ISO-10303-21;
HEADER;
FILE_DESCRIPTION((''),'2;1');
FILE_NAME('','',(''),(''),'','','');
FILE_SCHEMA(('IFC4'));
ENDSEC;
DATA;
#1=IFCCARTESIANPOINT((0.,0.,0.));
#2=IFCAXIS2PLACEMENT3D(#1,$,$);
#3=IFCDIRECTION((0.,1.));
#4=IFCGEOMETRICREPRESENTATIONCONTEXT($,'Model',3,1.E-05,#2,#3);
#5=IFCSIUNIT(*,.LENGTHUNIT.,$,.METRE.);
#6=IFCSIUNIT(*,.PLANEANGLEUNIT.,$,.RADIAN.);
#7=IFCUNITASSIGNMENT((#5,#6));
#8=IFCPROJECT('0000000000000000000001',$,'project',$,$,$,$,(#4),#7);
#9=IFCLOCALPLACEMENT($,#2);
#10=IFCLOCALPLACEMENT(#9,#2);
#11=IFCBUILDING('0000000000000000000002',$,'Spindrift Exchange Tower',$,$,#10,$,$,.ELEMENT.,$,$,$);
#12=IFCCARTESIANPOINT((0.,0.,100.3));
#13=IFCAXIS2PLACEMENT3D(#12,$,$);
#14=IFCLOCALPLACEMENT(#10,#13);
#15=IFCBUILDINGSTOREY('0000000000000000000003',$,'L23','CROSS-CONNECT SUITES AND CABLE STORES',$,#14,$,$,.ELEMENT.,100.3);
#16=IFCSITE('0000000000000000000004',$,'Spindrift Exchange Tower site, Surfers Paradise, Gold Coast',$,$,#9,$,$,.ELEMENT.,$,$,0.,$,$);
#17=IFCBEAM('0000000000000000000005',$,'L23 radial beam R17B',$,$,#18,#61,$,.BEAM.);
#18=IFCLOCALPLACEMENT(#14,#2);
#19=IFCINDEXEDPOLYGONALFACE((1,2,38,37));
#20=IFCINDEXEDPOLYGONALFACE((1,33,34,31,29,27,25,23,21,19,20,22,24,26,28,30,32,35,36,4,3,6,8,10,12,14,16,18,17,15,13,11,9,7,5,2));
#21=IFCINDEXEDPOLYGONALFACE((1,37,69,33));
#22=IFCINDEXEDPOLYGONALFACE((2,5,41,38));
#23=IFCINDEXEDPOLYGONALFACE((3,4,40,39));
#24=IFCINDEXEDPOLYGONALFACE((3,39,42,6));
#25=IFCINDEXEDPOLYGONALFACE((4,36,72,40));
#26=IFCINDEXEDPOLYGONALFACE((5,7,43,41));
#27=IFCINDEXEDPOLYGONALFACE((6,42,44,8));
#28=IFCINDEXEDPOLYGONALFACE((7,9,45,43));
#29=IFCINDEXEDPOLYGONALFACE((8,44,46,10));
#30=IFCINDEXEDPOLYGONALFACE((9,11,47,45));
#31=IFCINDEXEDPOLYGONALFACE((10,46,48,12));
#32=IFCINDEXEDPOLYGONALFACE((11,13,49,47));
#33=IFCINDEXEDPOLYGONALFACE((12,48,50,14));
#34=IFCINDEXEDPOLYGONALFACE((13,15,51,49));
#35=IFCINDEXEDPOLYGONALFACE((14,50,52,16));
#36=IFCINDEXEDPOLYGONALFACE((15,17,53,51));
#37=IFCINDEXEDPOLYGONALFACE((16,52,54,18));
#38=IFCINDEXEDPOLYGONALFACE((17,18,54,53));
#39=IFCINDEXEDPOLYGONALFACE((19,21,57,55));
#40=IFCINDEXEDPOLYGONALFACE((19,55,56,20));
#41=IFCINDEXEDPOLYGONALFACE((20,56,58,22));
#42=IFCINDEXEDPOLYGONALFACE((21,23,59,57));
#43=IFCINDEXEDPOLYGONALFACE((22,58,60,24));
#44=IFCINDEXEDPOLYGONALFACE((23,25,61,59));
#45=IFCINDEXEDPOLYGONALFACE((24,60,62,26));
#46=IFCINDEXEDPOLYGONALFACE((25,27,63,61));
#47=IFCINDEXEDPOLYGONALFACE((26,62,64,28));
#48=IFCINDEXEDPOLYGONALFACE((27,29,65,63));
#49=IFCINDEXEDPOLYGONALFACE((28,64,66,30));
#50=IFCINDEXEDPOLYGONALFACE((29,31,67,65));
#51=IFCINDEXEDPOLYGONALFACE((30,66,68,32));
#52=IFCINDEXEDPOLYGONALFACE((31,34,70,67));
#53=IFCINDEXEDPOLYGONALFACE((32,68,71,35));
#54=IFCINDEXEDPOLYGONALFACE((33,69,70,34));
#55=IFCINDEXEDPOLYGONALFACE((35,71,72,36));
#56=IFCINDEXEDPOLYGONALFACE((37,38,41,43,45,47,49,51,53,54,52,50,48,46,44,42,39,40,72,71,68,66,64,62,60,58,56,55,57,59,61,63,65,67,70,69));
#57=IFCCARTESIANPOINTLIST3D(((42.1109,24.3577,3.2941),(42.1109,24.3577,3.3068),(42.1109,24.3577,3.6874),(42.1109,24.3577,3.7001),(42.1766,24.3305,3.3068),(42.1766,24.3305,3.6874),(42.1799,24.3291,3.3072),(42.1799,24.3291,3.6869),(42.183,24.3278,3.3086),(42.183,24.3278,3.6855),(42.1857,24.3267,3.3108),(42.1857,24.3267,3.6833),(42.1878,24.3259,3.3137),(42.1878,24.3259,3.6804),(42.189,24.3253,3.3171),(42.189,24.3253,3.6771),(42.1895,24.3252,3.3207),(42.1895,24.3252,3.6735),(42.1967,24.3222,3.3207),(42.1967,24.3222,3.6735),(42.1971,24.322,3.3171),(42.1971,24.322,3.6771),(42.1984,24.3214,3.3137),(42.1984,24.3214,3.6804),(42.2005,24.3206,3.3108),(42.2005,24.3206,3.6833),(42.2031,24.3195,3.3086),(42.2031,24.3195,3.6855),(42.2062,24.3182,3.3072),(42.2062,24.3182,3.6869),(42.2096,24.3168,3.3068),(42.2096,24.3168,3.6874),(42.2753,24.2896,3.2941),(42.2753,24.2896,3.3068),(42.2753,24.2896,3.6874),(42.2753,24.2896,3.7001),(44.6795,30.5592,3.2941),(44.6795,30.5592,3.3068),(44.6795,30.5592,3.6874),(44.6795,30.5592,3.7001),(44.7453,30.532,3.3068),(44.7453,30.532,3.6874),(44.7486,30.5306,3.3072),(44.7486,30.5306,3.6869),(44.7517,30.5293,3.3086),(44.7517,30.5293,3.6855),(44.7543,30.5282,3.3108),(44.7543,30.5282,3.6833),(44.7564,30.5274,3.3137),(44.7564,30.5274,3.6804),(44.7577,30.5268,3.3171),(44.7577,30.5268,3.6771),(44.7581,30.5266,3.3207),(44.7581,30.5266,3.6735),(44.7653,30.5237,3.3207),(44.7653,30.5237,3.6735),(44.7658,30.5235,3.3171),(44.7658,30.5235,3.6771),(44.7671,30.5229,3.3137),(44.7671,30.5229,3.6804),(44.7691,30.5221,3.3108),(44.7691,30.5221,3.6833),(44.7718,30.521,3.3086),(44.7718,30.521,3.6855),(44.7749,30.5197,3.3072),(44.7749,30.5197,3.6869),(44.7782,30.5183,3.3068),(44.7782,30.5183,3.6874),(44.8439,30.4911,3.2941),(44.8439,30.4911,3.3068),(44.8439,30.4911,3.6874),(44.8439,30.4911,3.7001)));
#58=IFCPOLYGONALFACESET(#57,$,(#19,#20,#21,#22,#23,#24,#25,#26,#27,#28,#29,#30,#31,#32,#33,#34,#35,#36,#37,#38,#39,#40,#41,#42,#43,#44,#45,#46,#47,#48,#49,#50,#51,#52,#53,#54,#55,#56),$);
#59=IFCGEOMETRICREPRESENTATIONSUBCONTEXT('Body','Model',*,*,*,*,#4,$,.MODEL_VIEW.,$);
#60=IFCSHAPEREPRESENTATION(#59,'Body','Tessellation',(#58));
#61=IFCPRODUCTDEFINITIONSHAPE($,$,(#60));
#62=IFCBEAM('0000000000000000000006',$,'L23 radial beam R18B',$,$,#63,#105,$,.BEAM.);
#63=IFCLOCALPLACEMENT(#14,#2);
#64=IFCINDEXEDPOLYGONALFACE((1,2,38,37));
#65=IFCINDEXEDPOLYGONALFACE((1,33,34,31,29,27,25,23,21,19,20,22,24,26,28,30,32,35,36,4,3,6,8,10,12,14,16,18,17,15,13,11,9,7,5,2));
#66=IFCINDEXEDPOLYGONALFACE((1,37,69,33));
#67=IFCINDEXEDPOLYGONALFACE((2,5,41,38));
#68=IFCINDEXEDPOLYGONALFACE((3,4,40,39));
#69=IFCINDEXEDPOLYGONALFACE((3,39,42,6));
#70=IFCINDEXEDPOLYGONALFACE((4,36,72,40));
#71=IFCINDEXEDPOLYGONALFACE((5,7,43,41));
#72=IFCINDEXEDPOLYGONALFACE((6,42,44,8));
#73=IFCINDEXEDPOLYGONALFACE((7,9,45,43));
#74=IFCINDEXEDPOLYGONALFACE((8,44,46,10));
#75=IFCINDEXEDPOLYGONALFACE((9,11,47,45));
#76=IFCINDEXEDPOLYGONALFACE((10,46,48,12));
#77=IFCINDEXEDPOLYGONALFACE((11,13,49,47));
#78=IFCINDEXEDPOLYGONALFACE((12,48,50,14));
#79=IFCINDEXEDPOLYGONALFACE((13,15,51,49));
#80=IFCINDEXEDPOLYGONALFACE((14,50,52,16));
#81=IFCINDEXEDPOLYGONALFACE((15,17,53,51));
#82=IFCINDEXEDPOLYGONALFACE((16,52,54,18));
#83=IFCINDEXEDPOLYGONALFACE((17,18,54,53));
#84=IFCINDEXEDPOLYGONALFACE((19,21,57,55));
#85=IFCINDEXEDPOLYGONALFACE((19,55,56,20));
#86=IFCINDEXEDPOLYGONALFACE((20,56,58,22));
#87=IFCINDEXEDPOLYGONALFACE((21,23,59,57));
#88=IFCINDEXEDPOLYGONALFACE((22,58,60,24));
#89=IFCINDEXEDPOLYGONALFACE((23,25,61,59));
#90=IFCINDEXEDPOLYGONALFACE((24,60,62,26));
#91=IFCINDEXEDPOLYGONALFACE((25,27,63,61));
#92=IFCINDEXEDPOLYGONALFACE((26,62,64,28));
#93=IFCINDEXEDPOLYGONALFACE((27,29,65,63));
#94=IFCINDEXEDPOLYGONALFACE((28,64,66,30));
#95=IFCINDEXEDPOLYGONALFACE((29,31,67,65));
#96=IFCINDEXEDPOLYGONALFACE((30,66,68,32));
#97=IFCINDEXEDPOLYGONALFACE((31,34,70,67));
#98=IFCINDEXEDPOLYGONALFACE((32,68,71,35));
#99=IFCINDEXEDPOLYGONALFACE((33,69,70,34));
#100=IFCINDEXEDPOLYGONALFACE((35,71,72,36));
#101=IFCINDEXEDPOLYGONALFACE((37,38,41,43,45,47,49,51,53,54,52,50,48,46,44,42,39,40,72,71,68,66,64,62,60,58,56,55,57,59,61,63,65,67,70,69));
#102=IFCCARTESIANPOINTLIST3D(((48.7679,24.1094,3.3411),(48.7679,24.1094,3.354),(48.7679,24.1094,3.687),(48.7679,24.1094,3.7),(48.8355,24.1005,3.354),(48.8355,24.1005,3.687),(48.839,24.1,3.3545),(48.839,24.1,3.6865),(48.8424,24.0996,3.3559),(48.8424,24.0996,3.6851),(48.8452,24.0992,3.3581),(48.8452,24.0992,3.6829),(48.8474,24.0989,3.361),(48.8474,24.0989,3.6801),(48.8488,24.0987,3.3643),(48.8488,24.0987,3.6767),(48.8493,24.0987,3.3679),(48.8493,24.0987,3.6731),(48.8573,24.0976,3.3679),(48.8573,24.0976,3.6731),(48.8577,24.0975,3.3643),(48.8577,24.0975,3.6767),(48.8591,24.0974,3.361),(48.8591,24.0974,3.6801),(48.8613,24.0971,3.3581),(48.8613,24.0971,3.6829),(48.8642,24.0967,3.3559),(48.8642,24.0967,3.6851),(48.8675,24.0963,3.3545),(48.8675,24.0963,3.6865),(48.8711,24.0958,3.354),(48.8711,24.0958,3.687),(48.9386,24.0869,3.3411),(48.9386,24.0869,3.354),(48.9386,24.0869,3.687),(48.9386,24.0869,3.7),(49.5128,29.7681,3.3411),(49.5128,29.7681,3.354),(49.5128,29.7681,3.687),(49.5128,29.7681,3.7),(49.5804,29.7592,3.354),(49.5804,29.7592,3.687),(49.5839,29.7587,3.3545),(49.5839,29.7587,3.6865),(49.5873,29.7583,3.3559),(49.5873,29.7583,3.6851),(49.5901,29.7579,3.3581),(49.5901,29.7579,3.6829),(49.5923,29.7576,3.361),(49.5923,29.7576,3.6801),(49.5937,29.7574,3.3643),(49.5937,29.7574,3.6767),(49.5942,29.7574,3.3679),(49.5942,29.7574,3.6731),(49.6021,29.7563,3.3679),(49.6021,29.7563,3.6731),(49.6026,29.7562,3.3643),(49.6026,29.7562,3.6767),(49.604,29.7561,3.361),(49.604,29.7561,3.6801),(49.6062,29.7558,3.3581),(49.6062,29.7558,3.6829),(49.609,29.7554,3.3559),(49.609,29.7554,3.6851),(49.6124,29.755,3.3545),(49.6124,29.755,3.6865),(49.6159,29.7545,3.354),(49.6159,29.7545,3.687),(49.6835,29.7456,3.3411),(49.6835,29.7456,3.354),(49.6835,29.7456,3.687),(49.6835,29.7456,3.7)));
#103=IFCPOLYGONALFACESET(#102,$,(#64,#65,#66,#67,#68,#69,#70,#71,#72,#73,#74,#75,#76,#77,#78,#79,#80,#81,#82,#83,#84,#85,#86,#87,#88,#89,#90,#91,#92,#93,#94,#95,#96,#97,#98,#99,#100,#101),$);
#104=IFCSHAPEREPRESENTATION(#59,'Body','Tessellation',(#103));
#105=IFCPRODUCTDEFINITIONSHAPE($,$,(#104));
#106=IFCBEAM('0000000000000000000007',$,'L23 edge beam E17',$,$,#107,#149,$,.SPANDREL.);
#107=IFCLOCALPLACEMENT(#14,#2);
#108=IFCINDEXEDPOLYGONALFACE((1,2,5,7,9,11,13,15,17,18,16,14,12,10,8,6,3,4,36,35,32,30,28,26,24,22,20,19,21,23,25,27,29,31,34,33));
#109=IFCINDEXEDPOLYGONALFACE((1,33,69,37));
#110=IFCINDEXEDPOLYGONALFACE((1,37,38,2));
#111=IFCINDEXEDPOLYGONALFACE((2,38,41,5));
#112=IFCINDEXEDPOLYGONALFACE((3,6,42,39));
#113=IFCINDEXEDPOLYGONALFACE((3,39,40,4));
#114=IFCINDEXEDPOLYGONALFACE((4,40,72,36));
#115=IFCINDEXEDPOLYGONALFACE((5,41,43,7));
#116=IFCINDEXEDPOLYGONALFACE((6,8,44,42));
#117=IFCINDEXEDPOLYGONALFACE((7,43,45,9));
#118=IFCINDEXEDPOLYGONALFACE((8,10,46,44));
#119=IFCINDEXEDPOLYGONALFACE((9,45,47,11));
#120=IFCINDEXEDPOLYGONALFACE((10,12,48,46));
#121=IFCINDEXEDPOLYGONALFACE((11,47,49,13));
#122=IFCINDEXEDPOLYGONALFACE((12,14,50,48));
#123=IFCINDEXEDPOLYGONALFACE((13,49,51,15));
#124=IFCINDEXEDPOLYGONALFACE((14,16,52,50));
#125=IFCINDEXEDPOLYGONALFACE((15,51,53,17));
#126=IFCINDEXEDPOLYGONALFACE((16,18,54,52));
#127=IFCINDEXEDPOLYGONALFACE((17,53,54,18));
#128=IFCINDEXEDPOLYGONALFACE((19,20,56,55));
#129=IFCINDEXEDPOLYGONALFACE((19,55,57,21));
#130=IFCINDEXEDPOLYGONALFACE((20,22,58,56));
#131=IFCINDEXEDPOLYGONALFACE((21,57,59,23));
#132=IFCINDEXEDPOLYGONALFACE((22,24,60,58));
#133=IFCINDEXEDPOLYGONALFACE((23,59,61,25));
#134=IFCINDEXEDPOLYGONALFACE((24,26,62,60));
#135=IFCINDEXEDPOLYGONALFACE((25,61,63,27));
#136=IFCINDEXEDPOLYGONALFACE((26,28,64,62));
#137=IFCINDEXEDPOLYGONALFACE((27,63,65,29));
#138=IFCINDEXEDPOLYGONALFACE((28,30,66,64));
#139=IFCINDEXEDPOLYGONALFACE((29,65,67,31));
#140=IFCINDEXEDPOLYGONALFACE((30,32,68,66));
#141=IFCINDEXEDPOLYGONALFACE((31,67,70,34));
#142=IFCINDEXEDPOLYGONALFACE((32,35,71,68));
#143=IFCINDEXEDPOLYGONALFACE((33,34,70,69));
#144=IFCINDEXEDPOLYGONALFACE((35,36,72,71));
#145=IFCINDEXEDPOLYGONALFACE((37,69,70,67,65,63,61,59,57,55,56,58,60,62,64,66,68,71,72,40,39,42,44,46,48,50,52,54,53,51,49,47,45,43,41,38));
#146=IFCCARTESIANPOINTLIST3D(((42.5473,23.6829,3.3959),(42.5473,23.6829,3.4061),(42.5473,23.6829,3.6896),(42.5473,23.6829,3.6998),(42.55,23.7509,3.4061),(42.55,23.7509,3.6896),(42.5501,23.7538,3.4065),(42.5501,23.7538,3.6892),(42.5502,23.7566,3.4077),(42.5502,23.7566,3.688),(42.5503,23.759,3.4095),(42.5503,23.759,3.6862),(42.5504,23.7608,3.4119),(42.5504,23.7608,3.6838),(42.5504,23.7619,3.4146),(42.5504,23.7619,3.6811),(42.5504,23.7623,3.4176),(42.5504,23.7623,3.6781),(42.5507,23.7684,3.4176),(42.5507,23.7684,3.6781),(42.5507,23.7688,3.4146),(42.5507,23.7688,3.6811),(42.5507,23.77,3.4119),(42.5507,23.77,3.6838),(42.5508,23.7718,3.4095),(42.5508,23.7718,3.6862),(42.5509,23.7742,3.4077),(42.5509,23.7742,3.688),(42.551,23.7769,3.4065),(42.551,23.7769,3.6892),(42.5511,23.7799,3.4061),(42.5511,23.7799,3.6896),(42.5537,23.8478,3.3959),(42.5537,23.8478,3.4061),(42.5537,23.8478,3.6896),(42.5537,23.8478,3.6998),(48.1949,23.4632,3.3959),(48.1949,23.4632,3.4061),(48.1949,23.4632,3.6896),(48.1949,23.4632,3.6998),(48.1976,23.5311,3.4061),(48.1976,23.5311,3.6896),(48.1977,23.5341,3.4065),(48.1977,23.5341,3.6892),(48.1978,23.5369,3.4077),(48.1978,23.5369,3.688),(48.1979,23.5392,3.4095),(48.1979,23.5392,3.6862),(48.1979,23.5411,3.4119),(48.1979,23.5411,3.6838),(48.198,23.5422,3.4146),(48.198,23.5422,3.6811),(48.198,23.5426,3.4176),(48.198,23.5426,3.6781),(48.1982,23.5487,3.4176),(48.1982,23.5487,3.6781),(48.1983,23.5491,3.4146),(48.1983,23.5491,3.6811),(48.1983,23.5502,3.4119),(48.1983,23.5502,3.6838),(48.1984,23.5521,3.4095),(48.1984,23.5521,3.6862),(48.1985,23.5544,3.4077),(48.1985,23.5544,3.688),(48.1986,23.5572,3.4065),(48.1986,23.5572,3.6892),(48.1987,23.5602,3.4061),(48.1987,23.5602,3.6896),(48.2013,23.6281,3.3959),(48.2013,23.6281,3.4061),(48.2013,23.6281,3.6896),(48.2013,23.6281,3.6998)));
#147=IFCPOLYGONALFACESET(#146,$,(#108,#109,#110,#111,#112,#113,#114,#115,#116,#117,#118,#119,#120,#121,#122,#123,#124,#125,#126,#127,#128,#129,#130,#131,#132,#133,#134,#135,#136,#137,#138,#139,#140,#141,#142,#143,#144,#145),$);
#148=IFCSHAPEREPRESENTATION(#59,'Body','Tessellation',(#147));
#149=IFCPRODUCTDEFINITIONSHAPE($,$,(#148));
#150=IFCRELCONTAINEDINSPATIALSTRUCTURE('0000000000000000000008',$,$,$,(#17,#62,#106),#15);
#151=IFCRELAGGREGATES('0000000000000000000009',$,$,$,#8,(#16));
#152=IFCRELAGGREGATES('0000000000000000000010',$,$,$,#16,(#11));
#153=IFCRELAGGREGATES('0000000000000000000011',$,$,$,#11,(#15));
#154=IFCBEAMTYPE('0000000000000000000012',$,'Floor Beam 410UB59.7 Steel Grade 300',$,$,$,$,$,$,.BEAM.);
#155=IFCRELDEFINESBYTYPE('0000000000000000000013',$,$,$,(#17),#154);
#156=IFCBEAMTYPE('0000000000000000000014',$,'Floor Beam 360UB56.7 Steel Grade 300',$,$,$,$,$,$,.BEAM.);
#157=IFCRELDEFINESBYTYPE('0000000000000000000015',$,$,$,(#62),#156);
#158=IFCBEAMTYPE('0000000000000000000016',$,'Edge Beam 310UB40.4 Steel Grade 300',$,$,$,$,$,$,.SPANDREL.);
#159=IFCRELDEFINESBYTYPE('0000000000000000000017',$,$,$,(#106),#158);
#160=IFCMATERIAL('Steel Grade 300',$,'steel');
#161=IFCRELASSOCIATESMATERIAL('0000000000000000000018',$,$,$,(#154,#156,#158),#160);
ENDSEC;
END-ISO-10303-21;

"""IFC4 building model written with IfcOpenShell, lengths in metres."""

from ifc_helpers import new_model, si_unit, direction, frame, origin, origin_2d, place, context, subcontext, project, spatial, i_section, extrude, source, transform, mapped, material, material_profile, profile_set, type_object, element, save


model = new_model("IFC4")

# Units and contexts
model_context = context("Model", 3, precision=1e-05, world=origin(), true_north=direction((0.0, 1.0)))
body_context = subcontext(model_context, "Body", "Model", "MODEL_VIEW")
ifc_project = project(units=[si_unit("LENGTHUNIT", "METRE"), si_unit("PLANEANGLEUNIT", "RADIAN")], contexts=[model_context])

# Site, building, storey
site_placement = place(None, origin())
site = spatial("IfcSite", under=ifc_project, at=site_placement, Name="Spindrift Exchange Tower site, Surfers Paradise, Gold Coast", CompositionType="ELEMENT", RefElevation=0.0)
building_placement = place(site_placement, origin())
building = spatial("IfcBuilding", under=site, at=building_placement, Name="Spindrift Exchange Tower", CompositionType="ELEMENT")
storey_placement = place(building_placement, frame((0.0, 0.0, 100.3)))
storey = spatial("IfcBuildingStorey", under=building, at=storey_placement, Name="L23", Description="CROSS-CONNECT SUITES AND CABLE STORES", CompositionType="ELEMENT", Elevation=100.3)

# Beams
ifc_material_1 = material(Name="Steel Grade 300", Category="steel")
ifc_material_profile_1 = material_profile(ifc_material_1, i_section(OverallWidth=0.178, OverallDepth=0.406, WebThickness=0.0078, FlangeThickness=0.0127, FilletRadius=0.0139, at=origin_2d()), Name="410UB59.7")
ifc_profile_set_1 = profile_set([ifc_material_profile_1], Name="Steel Grade 300")
beam_type_1 = type_object("IfcBeamType", Name="Floor Beam 410UB59.7 Steel Grade 300", PredefinedType="BEAM", material=ifc_profile_set_1)
shared_shape_1 = source(origin(), body_context, "Body", "SweptSolid", [
    extrude(i_section(OverallWidth=0.178, OverallDepth=0.406, WebThickness=0.0078, FlangeThickness=0.0127, FilletRadius=0.0139, at=origin_2d()), origin(), (0.0, 0.0, 1.0), 6.7124),
])
beam_1_placement = place(storey_placement, frame((44.7617, 30.5251, 3.4971), z_axis=(-0.38267, -0.923885, 0.0), x_axis=(0.923885, -0.38267, 0.0)))
element("IfcBeam", 1, at=beam_1_placement, inside=storey, type_object=beam_type_1, Name="L23 radial beam R17B", PredefinedType="BEAM", context=body_context, shape_type="MappedRepresentation", body=[
    mapped(shared_shape_1, transform((0.0, 0.0, 0.0), scale=1.0)),
])
ifc_material_profile_2 = material_profile(ifc_material_1, i_section(OverallWidth=0.1721, OverallDepth=0.3589, WebThickness=0.0081, FlangeThickness=0.0129, FilletRadius=0.0139, at=origin_2d()), Name="360UB56.7")
ifc_profile_set_2 = profile_set([ifc_material_profile_2], Name="Steel Grade 300")
beam_type_2 = type_object("IfcBeamType", Name="Floor Beam 360UB56.7 Steel Grade 300", PredefinedType="BEAM", material=ifc_profile_set_2)
shared_shape_2 = source(origin(), body_context, "Body", "SweptSolid", [
    extrude(i_section(OverallWidth=0.1721, OverallDepth=0.3589, WebThickness=0.0081, FlangeThickness=0.0129, FilletRadius=0.0139, at=origin_2d()), origin(), (0.0, 0.0, 1.0), 5.7075),
])
beam_2_placement = place(storey_placement, frame((49.5981, 29.7568, 3.5205), z_axis=(-0.130508, -0.991447, 0.0), x_axis=(0.991447, -0.130508, 0.0)))
element("IfcBeam", 2, at=beam_2_placement, inside=storey, type_object=beam_type_2, Name="L23 radial beam R18B", PredefinedType="BEAM", context=body_context, shape_type="MappedRepresentation", body=[
    mapped(shared_shape_2, transform((0.0, 0.0, 0.0), scale=1.0)),
])
ifc_material_profile_3 = material_profile(ifc_material_1, i_section(OverallWidth=0.165, OverallDepth=0.304, WebThickness=0.0061, FlangeThickness=0.0103, FilletRadius=0.0115, at=origin_2d()), Name="310UB40.4")
ifc_profile_set_3 = profile_set([ifc_material_profile_3], Name="Steel Grade 300")
beam_type_3 = type_object("IfcBeamType", Name="Edge Beam 310UB40.4 Steel Grade 300", PredefinedType="SPANDREL", material=ifc_profile_set_3)
shared_shape_3 = source(origin(), body_context, "Body", "SweptSolid", [
    extrude(i_section(OverallWidth=0.165, OverallDepth=0.304, WebThickness=0.0061, FlangeThickness=0.0103, FilletRadius=0.0115, at=origin_2d()), origin(), (0.0, 0.0, 1.0), 5.6519),
])
beam_3_placement = place(storey_placement, frame((42.5505, 23.7654, 3.5479), z_axis=(0.999244, -0.038878, 0.0), x_axis=(0.038878, 0.999244, 0.0)))
element("IfcBeam", 3, at=beam_3_placement, inside=storey, type_object=beam_type_3, Name="L23 edge beam E17", PredefinedType="SPANDREL", context=body_context, shape_type="MappedRepresentation", body=[
    mapped(shared_shape_3, transform((0.0, 0.0, 0.0), scale=1.0)),
])

save(model, "model.ifc")
